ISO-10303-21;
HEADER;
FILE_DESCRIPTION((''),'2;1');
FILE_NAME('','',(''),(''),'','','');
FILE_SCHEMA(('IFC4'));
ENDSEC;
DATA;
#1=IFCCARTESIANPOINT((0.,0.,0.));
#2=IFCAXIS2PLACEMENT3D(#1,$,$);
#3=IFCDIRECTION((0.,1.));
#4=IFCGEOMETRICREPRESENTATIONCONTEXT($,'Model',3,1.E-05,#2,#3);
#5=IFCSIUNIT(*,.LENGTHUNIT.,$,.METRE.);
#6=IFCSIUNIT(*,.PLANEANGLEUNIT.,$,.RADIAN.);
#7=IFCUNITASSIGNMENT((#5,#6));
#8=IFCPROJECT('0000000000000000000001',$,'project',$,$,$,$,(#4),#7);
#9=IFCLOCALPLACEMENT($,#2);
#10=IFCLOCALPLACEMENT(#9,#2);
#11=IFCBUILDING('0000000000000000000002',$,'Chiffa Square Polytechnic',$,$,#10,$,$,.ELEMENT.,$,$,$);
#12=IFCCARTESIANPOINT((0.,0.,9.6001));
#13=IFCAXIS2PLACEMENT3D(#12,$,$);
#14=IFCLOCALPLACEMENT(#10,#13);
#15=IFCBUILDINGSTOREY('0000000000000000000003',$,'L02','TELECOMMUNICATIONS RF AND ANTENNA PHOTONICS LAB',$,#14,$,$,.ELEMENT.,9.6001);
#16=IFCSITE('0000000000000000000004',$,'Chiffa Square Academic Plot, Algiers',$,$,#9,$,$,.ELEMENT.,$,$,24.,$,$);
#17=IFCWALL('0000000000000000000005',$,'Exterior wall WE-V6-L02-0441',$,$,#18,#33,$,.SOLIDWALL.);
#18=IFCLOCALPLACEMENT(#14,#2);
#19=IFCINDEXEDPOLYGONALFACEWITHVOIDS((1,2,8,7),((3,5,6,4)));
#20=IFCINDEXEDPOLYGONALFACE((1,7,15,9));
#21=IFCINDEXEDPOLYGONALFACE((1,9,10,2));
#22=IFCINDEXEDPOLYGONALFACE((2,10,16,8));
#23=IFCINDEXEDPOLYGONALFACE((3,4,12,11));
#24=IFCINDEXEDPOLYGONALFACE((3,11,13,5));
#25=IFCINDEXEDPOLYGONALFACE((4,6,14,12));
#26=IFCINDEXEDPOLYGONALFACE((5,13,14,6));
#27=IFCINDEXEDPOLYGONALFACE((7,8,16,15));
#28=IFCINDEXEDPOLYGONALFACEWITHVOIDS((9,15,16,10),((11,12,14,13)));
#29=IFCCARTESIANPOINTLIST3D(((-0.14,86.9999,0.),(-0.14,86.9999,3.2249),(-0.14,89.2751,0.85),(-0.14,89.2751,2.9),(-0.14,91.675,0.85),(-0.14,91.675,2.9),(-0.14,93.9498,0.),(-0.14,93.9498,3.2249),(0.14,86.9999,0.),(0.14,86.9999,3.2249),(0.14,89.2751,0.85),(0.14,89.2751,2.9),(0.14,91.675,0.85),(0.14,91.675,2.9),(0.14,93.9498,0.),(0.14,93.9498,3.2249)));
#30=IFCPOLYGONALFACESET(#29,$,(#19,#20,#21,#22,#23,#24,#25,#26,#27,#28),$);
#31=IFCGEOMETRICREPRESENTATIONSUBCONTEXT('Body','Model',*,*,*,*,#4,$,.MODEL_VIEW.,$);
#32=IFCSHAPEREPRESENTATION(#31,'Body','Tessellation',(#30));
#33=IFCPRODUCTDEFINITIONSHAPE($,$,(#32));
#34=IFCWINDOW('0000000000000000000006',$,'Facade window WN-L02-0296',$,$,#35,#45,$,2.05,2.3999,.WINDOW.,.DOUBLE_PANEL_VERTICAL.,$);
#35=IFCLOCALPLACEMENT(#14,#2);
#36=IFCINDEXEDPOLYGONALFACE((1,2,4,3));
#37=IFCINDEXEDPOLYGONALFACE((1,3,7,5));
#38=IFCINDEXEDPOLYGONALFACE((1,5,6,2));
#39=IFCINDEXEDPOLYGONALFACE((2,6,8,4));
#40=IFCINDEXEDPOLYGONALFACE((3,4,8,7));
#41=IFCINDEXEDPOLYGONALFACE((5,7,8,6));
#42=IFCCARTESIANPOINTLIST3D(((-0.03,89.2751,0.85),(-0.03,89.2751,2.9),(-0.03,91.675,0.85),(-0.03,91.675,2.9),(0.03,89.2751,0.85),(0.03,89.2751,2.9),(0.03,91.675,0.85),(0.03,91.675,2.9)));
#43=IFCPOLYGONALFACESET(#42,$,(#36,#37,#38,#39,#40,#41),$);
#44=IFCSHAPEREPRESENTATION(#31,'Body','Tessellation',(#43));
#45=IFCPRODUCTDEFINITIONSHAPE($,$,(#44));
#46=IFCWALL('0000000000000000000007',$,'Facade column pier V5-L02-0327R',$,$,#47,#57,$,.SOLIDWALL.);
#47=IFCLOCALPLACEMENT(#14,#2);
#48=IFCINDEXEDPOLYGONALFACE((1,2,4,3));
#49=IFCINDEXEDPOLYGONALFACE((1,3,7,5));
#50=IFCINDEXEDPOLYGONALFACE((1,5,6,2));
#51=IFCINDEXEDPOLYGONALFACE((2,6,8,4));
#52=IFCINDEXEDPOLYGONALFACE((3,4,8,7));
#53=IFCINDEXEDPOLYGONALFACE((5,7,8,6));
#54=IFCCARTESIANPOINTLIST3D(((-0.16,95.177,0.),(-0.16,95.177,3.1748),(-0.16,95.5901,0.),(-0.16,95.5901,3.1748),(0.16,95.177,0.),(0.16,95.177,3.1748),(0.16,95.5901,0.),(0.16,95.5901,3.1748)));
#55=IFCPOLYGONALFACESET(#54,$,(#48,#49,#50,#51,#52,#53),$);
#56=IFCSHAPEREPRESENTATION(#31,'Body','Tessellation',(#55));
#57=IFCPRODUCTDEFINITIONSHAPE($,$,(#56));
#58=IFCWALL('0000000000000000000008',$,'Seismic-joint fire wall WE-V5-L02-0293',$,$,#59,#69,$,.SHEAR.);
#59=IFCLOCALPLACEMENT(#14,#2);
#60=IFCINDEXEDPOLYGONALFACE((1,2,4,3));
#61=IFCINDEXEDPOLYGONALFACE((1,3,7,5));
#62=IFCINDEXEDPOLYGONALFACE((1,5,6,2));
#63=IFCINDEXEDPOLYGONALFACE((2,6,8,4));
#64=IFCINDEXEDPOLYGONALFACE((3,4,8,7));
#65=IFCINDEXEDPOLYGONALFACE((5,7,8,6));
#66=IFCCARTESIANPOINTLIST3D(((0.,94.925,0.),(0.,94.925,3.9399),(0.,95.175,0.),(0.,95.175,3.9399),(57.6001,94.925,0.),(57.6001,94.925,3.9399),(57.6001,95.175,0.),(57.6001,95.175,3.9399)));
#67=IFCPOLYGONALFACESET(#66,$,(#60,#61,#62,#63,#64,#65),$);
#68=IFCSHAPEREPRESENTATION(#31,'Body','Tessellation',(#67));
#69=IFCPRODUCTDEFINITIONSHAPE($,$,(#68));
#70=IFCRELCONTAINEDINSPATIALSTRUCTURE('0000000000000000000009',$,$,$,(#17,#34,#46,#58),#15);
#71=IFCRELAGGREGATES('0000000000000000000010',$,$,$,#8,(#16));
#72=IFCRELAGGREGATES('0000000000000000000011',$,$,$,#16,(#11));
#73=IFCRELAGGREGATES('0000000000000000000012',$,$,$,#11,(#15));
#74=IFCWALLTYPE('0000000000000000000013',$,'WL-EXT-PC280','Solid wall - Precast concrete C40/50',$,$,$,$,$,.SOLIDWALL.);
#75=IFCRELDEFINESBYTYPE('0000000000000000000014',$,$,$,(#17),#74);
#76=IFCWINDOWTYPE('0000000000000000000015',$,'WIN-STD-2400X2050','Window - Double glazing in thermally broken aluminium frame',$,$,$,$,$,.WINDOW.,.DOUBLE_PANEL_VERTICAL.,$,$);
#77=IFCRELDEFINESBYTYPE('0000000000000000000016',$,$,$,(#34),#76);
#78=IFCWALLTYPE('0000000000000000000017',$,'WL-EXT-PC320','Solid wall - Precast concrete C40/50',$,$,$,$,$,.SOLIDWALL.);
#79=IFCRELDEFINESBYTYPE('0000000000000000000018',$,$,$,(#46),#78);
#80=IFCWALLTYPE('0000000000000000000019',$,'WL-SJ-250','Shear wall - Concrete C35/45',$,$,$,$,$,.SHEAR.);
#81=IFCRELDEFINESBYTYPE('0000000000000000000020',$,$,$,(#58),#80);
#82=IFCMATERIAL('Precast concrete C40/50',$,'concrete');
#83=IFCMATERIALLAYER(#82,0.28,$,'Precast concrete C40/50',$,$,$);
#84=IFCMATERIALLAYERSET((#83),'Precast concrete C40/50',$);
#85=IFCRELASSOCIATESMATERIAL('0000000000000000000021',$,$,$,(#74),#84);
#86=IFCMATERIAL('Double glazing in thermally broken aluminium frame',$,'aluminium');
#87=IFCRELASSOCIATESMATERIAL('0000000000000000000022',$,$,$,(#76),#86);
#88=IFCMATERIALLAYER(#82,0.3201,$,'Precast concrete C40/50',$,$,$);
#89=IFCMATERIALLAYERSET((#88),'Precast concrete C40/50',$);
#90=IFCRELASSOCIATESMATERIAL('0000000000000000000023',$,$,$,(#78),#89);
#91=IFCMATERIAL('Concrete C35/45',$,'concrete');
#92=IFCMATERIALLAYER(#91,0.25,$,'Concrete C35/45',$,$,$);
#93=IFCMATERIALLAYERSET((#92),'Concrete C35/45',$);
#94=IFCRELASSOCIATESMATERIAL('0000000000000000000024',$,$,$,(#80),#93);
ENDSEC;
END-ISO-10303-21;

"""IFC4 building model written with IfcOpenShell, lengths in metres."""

from ifc_helpers import new_model, si_unit, direction, frame, frame_2d, origin, place, context, subcontext, project, spatial, rectangle, extrude, material, layer, layer_set, type_object, element, fill, save


model = new_model("IFC4")

# Units and contexts
model_context = context("Model", 3, precision=1e-05, world=origin(), true_north=direction((0.0, 1.0)))
body_context = subcontext(model_context, "Body", "Model", "MODEL_VIEW")
ifc_project = project(units=[si_unit("LENGTHUNIT", "METRE"), si_unit("PLANEANGLEUNIT", "RADIAN")], contexts=[model_context])

# Site, building, storey
site_placement = place(None, origin())
site = spatial("IfcSite", under=ifc_project, at=site_placement, Name="Chiffa Square Academic Plot, Algiers", CompositionType="ELEMENT", RefElevation=24.0)
building_placement = place(site_placement, origin())
building = spatial("IfcBuilding", under=site, at=building_placement, Name="Chiffa Square Polytechnic", CompositionType="ELEMENT")
storey_placement = place(building_placement, frame((0.0, 0.0, 9.6001)))
storey = spatial("IfcBuildingStorey", under=building, at=storey_placement, Name="L02", Description="TELECOMMUNICATIONS RF AND ANTENNA PHOTONICS LAB", CompositionType="ELEMENT", Elevation=9.6001)

# Shared definitions
ifc_material_1 = material(Name="Concrete C35/45", Category="concrete")

# Shared definitions
ifc_material_2 = material(Name="Precast concrete C40/50", Category="concrete")

# Wall, opening, window
ifc_layer_1 = layer(ifc_material_2, 0.28, Name="Precast concrete C40/50")
ifc_layer_set_1 = layer_set([ifc_layer_1], Name="Precast concrete C40/50")
wall_type_1 = type_object("IfcWallType", Name="WL-EXT-PC280", Description="Solid wall - Precast concrete C40/50", PredefinedType="SOLIDWALL", material=ifc_layer_set_1)
wall_1_placement = place(storey_placement, frame((0.0, 93.95, 0.0), z_axis=(0.0, 0.0, 1.0), x_axis=(0.0, -1.0, 0.0)))
wall_1 = element("IfcWall", 1, at=wall_1_placement, inside=storey, type_object=wall_type_1, Name="Exterior wall WE-V6-L02-0441", PredefinedType="SOLIDWALL", context=body_context, shape_type="SweptSolid", body=[
    extrude(rectangle(XDim=6.95, YDim=0.28, at=frame_2d((3.4751, 0.0))), origin(), (0.0, 0.0, 1.0), 3.2249),
])
opening_placement = place(wall_1_placement, frame((2.2749, 0.0, 0.8501)))
opening = element("IfcOpeningElement", 2, at=opening_placement, cuts=wall_1, PredefinedType="OPENING", context=body_context, shape_type="SweptSolid", body=[
    extrude(rectangle(XDim=2.3999, YDim=2.05, at=frame_2d((1.2, 1.0249))), frame((0.0, 0.1499, 0.0), z_axis=(0.0, -1.0, 0.0), x_axis=(1.0, 0.0, 0.0)), (0.0, 0.0, 1.0), 0.3),
])
ifc_material_3 = material(Name="Double glazing in thermally broken aluminium frame", Category="aluminium")
window_type = type_object("IfcWindowType", Name="WIN-STD-2400X2050", Description="Window - Double glazing in thermally broken aluminium frame", PartitioningType="DOUBLE_PANEL_VERTICAL", PredefinedType="WINDOW", material=ifc_material_3)
window_placement = place(opening_placement, origin())
window = element("IfcWindow", 3, at=window_placement, inside=storey, type_object=window_type, Name="Facade window WN-L02-0296", OverallHeight=2.05, OverallWidth=2.3999, PartitioningType="DOUBLE_PANEL_VERTICAL", PredefinedType="WINDOW", context=body_context, shape_type="SweptSolid", body=[
    extrude(rectangle(XDim=2.3999, YDim=2.05, at=frame_2d((1.2, 1.0249))), frame((0.0, 0.03, 0.0), z_axis=(0.0, -1.0, 0.0), x_axis=(1.0, 0.0, 0.0)), (0.0, 0.0, 1.0), 0.0601),
])
fill(opening, window)

# Walls
ifc_layer_2 = layer(ifc_material_2, 0.3201, Name="Precast concrete C40/50")
ifc_layer_set_2 = layer_set([ifc_layer_2], Name="Precast concrete C40/50")
wall_type_2 = type_object("IfcWallType", Name="WL-EXT-PC320", Description="Solid wall - Precast concrete C40/50", PredefinedType="SOLIDWALL", material=ifc_layer_set_2)
wall_2_placement = place(storey_placement, frame((0.0, 95.5901, 0.0), z_axis=(0.0, 0.0, 1.0), x_axis=(0.0, -1.0, 0.0)))
element("IfcWall", 4, at=wall_2_placement, inside=storey, type_object=wall_type_2, Name="Facade column pier V5-L02-0327R", PredefinedType="SOLIDWALL", context=body_context, shape_type="SweptSolid", body=[
    extrude(rectangle(XDim=0.4131, YDim=0.3201, at=frame_2d((0.2065, 0.0))), origin(), (0.0, 0.0, 1.0), 3.1748),
])
ifc_layer_3 = layer(ifc_material_1, 0.25, Name="Concrete C35/45")
ifc_layer_set_3 = layer_set([ifc_layer_3], Name="Concrete C35/45")
wall_type_3 = type_object("IfcWallType", Name="WL-SJ-250", Description="Shear wall - Concrete C35/45", PredefinedType="SHEAR", material=ifc_layer_set_3)
wall_3_placement = place(storey_placement, frame((0.0, 95.05, 0.0), z_axis=(0.0, 0.0, 1.0), x_axis=(1.0, 0.0, 0.0)))
element("IfcWall", 5, at=wall_3_placement, inside=storey, type_object=wall_type_3, Name="Seismic-joint fire wall WE-V5-L02-0293", PredefinedType="SHEAR", context=body_context, shape_type="SweptSolid", body=[
    extrude(rectangle(XDim=57.6001, YDim=0.25, at=frame_2d((28.8, 0.0))), origin(), (0.0, 0.0, 1.0), 3.9399),
])

save(model, "model.ifc")
